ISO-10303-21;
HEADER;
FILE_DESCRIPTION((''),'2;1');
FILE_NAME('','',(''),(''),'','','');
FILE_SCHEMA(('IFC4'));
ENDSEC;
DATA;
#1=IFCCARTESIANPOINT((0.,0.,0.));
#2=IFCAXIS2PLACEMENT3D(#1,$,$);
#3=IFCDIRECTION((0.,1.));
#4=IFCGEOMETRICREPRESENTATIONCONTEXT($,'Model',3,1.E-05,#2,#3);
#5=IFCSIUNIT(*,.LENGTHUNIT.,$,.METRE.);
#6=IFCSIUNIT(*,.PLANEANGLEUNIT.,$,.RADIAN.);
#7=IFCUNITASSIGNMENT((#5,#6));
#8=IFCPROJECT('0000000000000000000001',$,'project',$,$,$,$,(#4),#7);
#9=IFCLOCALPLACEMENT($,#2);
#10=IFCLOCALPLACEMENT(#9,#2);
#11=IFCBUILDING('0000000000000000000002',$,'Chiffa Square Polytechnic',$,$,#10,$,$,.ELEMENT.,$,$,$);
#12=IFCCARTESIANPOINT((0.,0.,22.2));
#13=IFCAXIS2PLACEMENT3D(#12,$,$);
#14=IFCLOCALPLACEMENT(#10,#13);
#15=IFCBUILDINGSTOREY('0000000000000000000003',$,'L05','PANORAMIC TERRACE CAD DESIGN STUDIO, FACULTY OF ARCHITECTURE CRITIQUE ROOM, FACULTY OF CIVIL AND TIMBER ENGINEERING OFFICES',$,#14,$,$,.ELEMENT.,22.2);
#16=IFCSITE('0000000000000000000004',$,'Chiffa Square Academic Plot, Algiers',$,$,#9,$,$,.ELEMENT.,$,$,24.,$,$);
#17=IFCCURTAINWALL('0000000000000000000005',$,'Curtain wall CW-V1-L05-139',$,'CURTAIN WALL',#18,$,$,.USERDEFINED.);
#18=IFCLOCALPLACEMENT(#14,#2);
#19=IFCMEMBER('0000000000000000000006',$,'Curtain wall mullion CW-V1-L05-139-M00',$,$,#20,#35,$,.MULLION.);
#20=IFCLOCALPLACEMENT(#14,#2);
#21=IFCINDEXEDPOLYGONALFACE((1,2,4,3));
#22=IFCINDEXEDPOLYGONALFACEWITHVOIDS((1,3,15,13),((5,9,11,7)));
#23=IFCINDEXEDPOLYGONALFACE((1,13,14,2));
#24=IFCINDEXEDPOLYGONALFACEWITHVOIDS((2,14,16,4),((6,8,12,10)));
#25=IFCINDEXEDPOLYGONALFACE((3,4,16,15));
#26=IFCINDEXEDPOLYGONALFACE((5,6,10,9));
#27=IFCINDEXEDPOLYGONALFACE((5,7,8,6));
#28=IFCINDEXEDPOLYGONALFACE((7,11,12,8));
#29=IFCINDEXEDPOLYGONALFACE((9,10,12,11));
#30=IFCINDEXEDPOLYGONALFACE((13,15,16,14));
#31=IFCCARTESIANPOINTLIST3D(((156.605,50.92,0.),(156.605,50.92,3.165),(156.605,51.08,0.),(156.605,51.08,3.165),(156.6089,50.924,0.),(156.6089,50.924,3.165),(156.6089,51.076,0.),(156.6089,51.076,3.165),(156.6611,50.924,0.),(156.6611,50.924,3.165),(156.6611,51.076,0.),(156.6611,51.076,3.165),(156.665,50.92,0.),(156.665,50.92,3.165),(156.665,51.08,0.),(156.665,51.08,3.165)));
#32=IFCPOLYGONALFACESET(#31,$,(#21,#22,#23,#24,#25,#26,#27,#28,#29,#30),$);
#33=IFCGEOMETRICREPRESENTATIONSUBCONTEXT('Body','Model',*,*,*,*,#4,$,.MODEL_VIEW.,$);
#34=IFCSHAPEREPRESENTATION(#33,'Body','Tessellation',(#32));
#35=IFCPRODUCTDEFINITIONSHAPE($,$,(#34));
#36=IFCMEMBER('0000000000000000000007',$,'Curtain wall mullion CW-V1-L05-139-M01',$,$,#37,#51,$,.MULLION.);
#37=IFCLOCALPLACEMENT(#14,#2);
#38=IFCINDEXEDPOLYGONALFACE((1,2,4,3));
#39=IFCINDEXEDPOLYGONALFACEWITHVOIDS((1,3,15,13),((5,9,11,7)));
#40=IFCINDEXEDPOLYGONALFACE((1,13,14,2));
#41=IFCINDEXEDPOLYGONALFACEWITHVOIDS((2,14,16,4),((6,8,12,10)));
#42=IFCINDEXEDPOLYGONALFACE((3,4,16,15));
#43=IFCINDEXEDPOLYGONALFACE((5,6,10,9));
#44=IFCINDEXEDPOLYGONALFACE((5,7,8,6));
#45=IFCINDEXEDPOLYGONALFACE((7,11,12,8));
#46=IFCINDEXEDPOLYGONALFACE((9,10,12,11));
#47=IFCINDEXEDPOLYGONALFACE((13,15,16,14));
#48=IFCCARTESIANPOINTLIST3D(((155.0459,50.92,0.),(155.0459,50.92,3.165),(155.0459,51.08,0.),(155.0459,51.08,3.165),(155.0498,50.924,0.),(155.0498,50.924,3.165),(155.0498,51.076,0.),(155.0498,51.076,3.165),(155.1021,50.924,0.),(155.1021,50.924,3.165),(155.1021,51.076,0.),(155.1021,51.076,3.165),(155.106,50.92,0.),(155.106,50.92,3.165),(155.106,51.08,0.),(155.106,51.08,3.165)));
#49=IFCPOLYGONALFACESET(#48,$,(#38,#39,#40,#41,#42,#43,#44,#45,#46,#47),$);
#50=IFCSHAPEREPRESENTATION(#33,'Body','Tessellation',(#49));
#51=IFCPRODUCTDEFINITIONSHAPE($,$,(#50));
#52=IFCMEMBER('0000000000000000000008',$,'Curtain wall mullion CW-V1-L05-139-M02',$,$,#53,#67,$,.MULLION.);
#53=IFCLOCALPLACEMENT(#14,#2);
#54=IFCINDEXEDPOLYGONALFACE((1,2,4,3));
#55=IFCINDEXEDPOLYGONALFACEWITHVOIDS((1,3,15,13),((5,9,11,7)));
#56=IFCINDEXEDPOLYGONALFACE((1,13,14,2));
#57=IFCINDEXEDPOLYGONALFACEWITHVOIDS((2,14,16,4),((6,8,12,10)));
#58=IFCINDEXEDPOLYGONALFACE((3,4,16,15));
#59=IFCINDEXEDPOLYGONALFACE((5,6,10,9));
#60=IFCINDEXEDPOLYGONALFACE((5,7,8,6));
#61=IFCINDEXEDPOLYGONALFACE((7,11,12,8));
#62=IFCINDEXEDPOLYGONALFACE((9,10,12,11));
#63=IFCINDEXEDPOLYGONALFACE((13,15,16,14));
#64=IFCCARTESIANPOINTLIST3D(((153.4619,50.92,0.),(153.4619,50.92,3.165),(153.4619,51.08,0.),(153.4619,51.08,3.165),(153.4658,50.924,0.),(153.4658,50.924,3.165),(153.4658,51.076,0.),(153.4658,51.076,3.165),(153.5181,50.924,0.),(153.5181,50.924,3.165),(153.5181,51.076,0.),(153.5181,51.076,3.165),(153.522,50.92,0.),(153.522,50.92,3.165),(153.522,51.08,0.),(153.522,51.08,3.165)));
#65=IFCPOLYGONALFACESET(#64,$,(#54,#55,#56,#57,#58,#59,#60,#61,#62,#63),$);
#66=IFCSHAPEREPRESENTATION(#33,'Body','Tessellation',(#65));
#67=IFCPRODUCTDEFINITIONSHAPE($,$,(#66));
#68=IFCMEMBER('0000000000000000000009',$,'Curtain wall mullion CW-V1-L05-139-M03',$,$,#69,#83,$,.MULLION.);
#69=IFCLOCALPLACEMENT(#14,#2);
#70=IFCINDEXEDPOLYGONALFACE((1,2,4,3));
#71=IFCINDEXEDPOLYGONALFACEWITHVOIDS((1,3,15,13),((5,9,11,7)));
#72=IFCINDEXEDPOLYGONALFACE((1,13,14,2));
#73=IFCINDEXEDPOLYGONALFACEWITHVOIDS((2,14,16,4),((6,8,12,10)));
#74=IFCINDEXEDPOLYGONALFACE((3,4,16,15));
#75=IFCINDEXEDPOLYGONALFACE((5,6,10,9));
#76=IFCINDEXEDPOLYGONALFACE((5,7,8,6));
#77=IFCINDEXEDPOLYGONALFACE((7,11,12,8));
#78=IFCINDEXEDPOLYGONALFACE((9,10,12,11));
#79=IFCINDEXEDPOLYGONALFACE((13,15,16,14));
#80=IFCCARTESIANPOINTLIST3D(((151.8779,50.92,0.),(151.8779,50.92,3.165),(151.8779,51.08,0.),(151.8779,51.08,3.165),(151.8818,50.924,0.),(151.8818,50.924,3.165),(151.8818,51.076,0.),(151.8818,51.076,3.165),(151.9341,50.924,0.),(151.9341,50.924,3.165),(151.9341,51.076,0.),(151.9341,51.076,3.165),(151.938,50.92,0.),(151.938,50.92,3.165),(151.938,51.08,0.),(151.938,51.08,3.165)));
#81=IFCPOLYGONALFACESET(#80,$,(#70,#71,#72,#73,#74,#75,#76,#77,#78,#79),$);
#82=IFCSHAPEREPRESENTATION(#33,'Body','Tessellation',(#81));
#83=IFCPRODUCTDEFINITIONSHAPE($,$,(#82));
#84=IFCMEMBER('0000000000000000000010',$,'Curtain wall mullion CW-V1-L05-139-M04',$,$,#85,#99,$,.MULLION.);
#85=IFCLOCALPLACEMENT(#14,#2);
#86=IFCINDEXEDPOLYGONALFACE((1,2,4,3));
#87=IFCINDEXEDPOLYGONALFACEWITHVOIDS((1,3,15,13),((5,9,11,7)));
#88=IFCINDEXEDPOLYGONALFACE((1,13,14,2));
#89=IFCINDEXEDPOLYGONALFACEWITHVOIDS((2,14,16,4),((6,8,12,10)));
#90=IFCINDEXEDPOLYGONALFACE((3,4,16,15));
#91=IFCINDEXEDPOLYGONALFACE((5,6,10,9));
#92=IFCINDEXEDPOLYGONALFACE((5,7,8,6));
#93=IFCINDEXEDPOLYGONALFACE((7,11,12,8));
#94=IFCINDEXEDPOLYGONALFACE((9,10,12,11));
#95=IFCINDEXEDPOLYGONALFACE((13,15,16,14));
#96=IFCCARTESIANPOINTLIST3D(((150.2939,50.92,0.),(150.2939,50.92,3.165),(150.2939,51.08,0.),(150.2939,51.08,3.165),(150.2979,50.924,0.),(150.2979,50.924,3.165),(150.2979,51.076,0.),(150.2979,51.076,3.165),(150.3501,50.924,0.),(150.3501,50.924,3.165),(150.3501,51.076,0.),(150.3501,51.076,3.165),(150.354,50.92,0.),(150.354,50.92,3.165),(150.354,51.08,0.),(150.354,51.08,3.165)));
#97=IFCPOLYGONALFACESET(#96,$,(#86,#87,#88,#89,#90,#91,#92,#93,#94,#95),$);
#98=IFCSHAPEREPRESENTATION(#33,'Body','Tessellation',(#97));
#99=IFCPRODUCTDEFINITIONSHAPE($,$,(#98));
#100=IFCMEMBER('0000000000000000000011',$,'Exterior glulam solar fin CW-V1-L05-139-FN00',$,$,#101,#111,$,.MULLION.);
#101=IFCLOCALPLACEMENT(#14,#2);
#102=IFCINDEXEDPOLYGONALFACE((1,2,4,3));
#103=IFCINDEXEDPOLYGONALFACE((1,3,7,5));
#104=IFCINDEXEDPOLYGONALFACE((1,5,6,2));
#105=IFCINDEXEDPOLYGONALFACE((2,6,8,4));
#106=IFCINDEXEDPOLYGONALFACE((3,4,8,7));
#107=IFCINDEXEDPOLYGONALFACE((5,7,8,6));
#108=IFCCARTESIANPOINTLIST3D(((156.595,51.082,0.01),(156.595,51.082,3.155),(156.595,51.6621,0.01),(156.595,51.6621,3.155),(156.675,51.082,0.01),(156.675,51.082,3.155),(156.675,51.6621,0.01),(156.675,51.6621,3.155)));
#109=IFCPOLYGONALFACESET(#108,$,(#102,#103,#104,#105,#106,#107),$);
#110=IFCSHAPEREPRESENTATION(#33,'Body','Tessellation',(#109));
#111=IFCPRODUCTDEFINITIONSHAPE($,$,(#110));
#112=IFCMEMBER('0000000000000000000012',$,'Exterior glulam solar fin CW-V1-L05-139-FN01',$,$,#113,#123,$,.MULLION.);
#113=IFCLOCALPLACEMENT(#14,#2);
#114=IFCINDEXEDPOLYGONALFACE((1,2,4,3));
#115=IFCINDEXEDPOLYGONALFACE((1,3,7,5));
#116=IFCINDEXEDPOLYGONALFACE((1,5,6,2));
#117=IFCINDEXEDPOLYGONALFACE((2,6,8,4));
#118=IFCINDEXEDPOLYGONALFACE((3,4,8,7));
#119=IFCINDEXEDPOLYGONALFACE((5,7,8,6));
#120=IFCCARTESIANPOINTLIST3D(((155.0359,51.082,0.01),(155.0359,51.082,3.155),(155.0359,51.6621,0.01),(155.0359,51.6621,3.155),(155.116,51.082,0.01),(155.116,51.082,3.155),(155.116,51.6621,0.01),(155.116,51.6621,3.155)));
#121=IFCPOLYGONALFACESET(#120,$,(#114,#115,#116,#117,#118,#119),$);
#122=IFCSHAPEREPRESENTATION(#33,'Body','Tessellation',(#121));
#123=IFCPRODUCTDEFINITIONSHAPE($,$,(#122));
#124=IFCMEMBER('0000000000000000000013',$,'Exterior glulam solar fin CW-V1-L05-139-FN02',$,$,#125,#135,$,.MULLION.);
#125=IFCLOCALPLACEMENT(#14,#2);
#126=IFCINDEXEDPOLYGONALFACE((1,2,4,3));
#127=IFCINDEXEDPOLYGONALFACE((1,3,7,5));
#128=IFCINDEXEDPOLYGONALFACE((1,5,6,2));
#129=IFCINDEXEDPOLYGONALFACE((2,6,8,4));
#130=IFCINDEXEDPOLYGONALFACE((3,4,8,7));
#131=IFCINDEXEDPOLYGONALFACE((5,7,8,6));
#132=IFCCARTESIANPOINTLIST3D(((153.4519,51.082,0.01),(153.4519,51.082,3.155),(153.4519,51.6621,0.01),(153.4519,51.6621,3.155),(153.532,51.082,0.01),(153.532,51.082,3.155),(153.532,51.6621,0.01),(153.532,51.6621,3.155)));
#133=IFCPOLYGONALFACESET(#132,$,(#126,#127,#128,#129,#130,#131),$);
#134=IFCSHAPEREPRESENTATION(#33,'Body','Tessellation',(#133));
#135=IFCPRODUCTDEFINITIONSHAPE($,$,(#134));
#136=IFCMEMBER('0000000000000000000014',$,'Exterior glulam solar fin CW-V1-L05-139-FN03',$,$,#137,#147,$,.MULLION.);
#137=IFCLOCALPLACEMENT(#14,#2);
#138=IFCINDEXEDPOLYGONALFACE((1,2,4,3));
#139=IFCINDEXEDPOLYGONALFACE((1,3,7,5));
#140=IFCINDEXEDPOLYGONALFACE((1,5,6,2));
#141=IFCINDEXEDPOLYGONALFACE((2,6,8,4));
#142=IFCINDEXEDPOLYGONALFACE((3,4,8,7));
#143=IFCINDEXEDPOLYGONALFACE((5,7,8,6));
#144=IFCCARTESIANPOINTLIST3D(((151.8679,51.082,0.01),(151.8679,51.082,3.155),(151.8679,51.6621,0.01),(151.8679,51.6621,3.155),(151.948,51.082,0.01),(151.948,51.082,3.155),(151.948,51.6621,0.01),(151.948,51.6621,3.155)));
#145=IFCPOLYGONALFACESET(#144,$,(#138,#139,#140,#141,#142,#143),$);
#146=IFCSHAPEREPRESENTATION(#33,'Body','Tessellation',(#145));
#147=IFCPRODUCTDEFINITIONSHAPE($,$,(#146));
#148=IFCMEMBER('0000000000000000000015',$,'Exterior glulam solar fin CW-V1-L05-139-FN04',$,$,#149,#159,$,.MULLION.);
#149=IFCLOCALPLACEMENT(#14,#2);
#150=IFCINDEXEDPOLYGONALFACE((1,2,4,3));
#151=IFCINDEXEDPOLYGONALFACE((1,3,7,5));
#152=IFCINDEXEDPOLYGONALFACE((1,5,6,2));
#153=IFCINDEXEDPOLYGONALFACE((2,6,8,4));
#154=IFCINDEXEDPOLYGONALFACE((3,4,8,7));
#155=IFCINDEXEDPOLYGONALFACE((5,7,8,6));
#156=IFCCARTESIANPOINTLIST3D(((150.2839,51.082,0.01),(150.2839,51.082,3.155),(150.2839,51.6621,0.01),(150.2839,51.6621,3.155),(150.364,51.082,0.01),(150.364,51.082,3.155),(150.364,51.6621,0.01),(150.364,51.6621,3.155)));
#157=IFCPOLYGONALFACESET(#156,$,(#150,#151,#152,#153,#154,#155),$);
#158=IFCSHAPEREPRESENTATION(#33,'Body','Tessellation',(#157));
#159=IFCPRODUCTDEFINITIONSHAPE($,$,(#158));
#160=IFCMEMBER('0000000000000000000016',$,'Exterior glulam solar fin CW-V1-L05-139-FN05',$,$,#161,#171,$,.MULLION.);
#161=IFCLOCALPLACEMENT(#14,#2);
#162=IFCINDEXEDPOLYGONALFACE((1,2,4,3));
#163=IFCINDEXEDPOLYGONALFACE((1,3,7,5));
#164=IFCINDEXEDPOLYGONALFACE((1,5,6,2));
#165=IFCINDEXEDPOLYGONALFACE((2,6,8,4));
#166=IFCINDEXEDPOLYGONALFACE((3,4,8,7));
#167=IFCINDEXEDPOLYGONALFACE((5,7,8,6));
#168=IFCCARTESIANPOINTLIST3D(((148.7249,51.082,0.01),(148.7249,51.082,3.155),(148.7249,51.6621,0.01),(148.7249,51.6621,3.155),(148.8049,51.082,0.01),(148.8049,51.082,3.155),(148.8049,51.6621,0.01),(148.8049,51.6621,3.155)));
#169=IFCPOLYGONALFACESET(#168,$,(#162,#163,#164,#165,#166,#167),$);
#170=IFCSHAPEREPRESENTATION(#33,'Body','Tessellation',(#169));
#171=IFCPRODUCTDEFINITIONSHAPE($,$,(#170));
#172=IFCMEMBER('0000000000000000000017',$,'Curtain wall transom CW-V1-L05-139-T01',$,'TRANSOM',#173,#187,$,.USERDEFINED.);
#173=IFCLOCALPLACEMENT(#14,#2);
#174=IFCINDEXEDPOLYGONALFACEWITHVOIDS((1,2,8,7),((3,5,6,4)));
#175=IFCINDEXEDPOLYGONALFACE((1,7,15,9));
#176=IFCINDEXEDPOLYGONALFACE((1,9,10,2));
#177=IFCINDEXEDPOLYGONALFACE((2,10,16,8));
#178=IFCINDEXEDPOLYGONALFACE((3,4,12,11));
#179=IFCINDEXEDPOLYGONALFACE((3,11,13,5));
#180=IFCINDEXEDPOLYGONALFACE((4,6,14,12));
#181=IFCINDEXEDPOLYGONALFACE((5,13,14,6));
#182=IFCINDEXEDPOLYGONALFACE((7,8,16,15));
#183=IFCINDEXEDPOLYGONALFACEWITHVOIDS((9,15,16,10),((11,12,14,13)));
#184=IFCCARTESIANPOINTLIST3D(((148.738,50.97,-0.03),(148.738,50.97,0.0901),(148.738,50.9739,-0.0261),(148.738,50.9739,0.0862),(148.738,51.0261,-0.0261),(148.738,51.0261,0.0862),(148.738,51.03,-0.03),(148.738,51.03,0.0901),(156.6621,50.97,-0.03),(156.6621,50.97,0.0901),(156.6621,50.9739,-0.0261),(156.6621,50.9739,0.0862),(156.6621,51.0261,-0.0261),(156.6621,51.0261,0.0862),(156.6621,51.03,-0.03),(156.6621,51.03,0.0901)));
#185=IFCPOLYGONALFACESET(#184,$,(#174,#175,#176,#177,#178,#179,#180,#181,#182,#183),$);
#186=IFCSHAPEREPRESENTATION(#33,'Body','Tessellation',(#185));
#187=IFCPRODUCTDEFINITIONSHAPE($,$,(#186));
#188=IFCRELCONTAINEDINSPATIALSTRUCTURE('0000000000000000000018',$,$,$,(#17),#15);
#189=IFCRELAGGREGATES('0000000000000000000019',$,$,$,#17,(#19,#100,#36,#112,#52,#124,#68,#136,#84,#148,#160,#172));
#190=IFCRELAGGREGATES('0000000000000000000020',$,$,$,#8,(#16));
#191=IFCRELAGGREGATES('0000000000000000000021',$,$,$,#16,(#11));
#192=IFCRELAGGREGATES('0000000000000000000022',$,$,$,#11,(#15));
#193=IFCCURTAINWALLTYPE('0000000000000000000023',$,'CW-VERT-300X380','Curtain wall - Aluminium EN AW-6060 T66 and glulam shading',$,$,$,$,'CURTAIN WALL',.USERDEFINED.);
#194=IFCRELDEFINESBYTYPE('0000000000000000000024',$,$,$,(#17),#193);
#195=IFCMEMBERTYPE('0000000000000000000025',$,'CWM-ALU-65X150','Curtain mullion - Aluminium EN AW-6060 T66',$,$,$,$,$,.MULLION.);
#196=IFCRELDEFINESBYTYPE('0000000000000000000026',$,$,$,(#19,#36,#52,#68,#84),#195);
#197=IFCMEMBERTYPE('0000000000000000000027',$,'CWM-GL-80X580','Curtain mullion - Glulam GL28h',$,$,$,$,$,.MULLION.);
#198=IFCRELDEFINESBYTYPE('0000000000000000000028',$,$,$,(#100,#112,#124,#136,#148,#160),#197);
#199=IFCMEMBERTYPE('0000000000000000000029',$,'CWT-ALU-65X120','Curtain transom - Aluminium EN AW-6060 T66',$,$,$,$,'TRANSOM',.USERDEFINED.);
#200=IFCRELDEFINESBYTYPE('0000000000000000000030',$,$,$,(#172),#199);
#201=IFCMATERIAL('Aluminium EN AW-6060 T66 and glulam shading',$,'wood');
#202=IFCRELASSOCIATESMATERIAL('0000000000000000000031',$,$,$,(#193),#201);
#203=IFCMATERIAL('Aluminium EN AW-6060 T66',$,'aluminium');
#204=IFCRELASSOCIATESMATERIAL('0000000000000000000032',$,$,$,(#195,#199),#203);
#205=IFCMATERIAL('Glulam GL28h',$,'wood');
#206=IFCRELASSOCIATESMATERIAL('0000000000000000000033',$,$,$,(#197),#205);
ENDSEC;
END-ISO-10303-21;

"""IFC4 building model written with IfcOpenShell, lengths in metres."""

from ifc_helpers import new_model, si_unit, direction, frame, origin, origin_2d, place, context, subcontext, project, spatial, rectangle, hollow_rectangle, extrude, material, material_profile, profile_set, type_object, element, aggregate, save


model = new_model("IFC4")

# Units and contexts
model_context = context("Model", 3, precision=1e-05, world=origin(), true_north=direction((0.0, 1.0)))
body_context = subcontext(model_context, "Body", "Model", "MODEL_VIEW")
ifc_project = project(units=[si_unit("LENGTHUNIT", "METRE"), si_unit("PLANEANGLEUNIT", "RADIAN")], contexts=[model_context])

# Site, building, storey
site_placement = place(None, origin())
site = spatial("IfcSite", under=ifc_project, at=site_placement, Name="Chiffa Square Academic Plot, Algiers", CompositionType="ELEMENT", RefElevation=24.0)
building_placement = place(site_placement, origin())
building = spatial("IfcBuilding", under=site, at=building_placement, Name="Chiffa Square Polytechnic", CompositionType="ELEMENT")
storey_placement = place(building_placement, frame((0.0, 0.0, 22.2)))
storey = spatial("IfcBuildingStorey", under=building, at=storey_placement, Name="L05", Description="PANORAMIC TERRACE CAD DESIGN STUDIO, FACULTY OF ARCHITECTURE CRITIQUE ROOM, FACULTY OF CIVIL AND TIMBER ENGINEERING OFFICES", CompositionType="ELEMENT", Elevation=22.2)

# Curtain wall, members
ifc_material_1 = material(Name="Aluminium EN AW-6060 T66 and glulam shading", Category="wood")
curtain_wall_type = type_object("IfcCurtainWallType", Name="CW-VERT-300X380", Description="Curtain wall - Aluminium EN AW-6060 T66 and glulam shading", ElementType="CURTAIN WALL", PredefinedType="USERDEFINED", material=ifc_material_1)
curtain_wall_placement = place(storey_placement, origin())
curtain_wall = element("IfcCurtainWall", 1, at=curtain_wall_placement, inside=storey, type_object=curtain_wall_type, Name="Curtain wall CW-V1-L05-139", ObjectType="CURTAIN WALL", PredefinedType="USERDEFINED")
ifc_material_2 = material(Name="Aluminium EN AW-6060 T66", Category="aluminium")
ifc_material_profile_1 = material_profile(ifc_material_2, hollow_rectangle(XDim=0.0601, YDim=0.1599, WallThickness=0.0039, at=origin_2d()), Name="ALU 60x160x4")
ifc_profile_set_1 = profile_set([ifc_material_profile_1], Name="Aluminium EN AW-6060 T66")
member_type_1 = type_object("IfcMemberType", Name="CWM-ALU-65X150", Description="Curtain mullion - Aluminium EN AW-6060 T66", PredefinedType="MULLION", material=ifc_profile_set_1)
member_1_placement = place(storey_placement, frame((156.635, 51.0, 0.0), z_axis=(0.0, 0.0, 1.0), x_axis=(1.0, 0.0, 0.0)))
member_1 = element("IfcMember", 2, at=member_1_placement, type_object=member_type_1, Name="Curtain wall mullion CW-V1-L05-139-M00", PredefinedType="MULLION", context=body_context, shape_type="SweptSolid", body=[
    extrude(hollow_rectangle(XDim=0.0601, YDim=0.1599, WallThickness=0.0039, at=origin_2d()), origin(), (0.0, 0.0, 1.0), 3.165),
])
member_2_placement = place(storey_placement, frame((155.0759, 51.0, 0.0), z_axis=(0.0, 0.0, 1.0), x_axis=(1.0, 0.0, 0.0)))
member_2 = element("IfcMember", 3, at=member_2_placement, type_object=member_type_1, Name="Curtain wall mullion CW-V1-L05-139-M01", PredefinedType="MULLION", context=body_context, shape_type="SweptSolid", body=[
    extrude(hollow_rectangle(XDim=0.0601, YDim=0.1599, WallThickness=0.0039, at=origin_2d()), origin(), (0.0, 0.0, 1.0), 3.165),
])
member_3_placement = place(storey_placement, frame((153.4919, 51.0, 0.0), z_axis=(0.0, 0.0, 1.0), x_axis=(1.0, 0.0, 0.0)))
member_3 = element("IfcMember", 4, at=member_3_placement, type_object=member_type_1, Name="Curtain wall mullion CW-V1-L05-139-M02", PredefinedType="MULLION", context=body_context, shape_type="SweptSolid", body=[
    extrude(hollow_rectangle(XDim=0.0601, YDim=0.1599, WallThickness=0.0039, at=origin_2d()), origin(), (0.0, 0.0, 1.0), 3.165),
])
member_4_placement = place(storey_placement, frame((151.908, 51.0, 0.0), z_axis=(0.0, 0.0, 1.0), x_axis=(1.0, 0.0, 0.0)))
member_4 = element("IfcMember", 5, at=member_4_placement, type_object=member_type_1, Name="Curtain wall mullion CW-V1-L05-139-M03", PredefinedType="MULLION", context=body_context, shape_type="SweptSolid", body=[
    extrude(hollow_rectangle(XDim=0.0601, YDim=0.1599, WallThickness=0.0039, at=origin_2d()), origin(), (0.0, 0.0, 1.0), 3.165),
])
member_5_placement = place(storey_placement, frame((150.324, 51.0, 0.0), z_axis=(0.0, 0.0, 1.0), x_axis=(1.0, 0.0, 0.0)))
member_5 = element("IfcMember", 6, at=member_5_placement, type_object=member_type_1, Name="Curtain wall mullion CW-V1-L05-139-M04", PredefinedType="MULLION", context=body_context, shape_type="SweptSolid", body=[
    extrude(hollow_rectangle(XDim=0.0601, YDim=0.1599, WallThickness=0.0039, at=origin_2d()), origin(), (0.0, 0.0, 1.0), 3.165),
])
ifc_material_3 = material(Name="Glulam GL28h", Category="wood")
ifc_material_profile_2 = material_profile(ifc_material_3, rectangle(XDim=0.0801, YDim=0.5801, at=origin_2d()), Name="GL28h 80x580")
ifc_profile_set_2 = profile_set([ifc_material_profile_2], Name="Glulam GL28h")
member_type_2 = type_object("IfcMemberType", Name="CWM-GL-80X580", Description="Curtain mullion - Glulam GL28h", PredefinedType="MULLION", material=ifc_profile_set_2)
member_6_placement = place(storey_placement, frame((156.635, 51.3721, 0.01), z_axis=(0.0, 0.0, 1.0), x_axis=(-1.0, 0.0, 0.0)))
member_6 = element("IfcMember", 7, at=member_6_placement, type_object=member_type_2, Name="Exterior glulam solar fin CW-V1-L05-139-FN00", PredefinedType="MULLION", context=body_context, shape_type="SweptSolid", body=[
    extrude(rectangle(XDim=0.0801, YDim=0.5801, at=origin_2d()), origin(), (0.0, 0.0, 1.0), 3.145),
])
member_7_placement = place(storey_placement, frame((155.0759, 51.3721, 0.01), z_axis=(0.0, 0.0, 1.0), x_axis=(-1.0, 0.0, 0.0)))
member_7 = element("IfcMember", 8, at=member_7_placement, type_object=member_type_2, Name="Exterior glulam solar fin CW-V1-L05-139-FN01", PredefinedType="MULLION", context=body_context, shape_type="SweptSolid", body=[
    extrude(rectangle(XDim=0.0801, YDim=0.5801, at=origin_2d()), origin(), (0.0, 0.0, 1.0), 3.145),
])
member_8_placement = place(storey_placement, frame((153.4919, 51.3721, 0.01), z_axis=(0.0, 0.0, 1.0), x_axis=(-1.0, 0.0, 0.0)))
member_8 = element("IfcMember", 9, at=member_8_placement, type_object=member_type_2, Name="Exterior glulam solar fin CW-V1-L05-139-FN02", PredefinedType="MULLION", context=body_context, shape_type="SweptSolid", body=[
    extrude(rectangle(XDim=0.0801, YDim=0.5801, at=origin_2d()), origin(), (0.0, 0.0, 1.0), 3.145),
])
member_9_placement = place(storey_placement, frame((151.908, 51.3721, 0.01), z_axis=(0.0, 0.0, 1.0), x_axis=(-1.0, 0.0, 0.0)))
member_9 = element("IfcMember", 10, at=member_9_placement, type_object=member_type_2, Name="Exterior glulam solar fin CW-V1-L05-139-FN03", PredefinedType="MULLION", context=body_context, shape_type="SweptSolid", body=[
    extrude(rectangle(XDim=0.0801, YDim=0.5801, at=origin_2d()), origin(), (0.0, 0.0, 1.0), 3.145),
])
member_10_placement = place(storey_placement, frame((150.324, 51.3721, 0.01), z_axis=(0.0, 0.0, 1.0), x_axis=(-1.0, 0.0, 0.0)))
member_10 = element("IfcMember", 11, at=member_10_placement, type_object=member_type_2, Name="Exterior glulam solar fin CW-V1-L05-139-FN04", PredefinedType="MULLION", context=body_context, shape_type="SweptSolid", body=[
    extrude(rectangle(XDim=0.0801, YDim=0.5801, at=origin_2d()), origin(), (0.0, 0.0, 1.0), 3.145),
])
member_11_placement = place(storey_placement, frame((148.7649, 51.3721, 0.01), z_axis=(0.0, 0.0, 1.0), x_axis=(-1.0, 0.0, 0.0)))
member_11 = element("IfcMember", 12, at=member_11_placement, type_object=member_type_2, Name="Exterior glulam solar fin CW-V1-L05-139-FN05", PredefinedType="MULLION", context=body_context, shape_type="SweptSolid", body=[
    extrude(rectangle(XDim=0.0801, YDim=0.5801, at=origin_2d()), origin(), (0.0, 0.0, 1.0), 3.145),
])
ifc_material_profile_3 = material_profile(ifc_material_2, hollow_rectangle(XDim=0.0601, YDim=0.1201, WallThickness=0.0039, at=origin_2d()), Name="ALU 60x120x4")
ifc_profile_set_3 = profile_set([ifc_material_profile_3], Name="Aluminium EN AW-6060 T66")
member_type_3 = type_object("IfcMemberType", Name="CWT-ALU-65X120", Description="Curtain transom - Aluminium EN AW-6060 T66", ElementType="TRANSOM", PredefinedType="USERDEFINED", material=ifc_profile_set_3)
member_12_placement = place(storey_placement, frame((156.6621, 51.0, 0.03), z_axis=(-1.0, 0.0, 0.0), x_axis=(0.0, -1.0, 0.0)))
member_12 = element("IfcMember", 13, at=member_12_placement, type_object=member_type_3, Name="Curtain wall transom CW-V1-L05-139-T01", ObjectType="TRANSOM", PredefinedType="USERDEFINED", context=body_context, shape_type="SweptSolid", body=[
    extrude(hollow_rectangle(XDim=0.0601, YDim=0.1201, WallThickness=0.0039, at=origin_2d()), origin(), (0.0, 0.0, 1.0), 7.9241),
])
aggregate(curtain_wall, [member_1, member_6, member_2, member_7, member_3, member_8, member_4, member_9, member_5, member_10, member_11, member_12])

save(model, "model.ifc")
